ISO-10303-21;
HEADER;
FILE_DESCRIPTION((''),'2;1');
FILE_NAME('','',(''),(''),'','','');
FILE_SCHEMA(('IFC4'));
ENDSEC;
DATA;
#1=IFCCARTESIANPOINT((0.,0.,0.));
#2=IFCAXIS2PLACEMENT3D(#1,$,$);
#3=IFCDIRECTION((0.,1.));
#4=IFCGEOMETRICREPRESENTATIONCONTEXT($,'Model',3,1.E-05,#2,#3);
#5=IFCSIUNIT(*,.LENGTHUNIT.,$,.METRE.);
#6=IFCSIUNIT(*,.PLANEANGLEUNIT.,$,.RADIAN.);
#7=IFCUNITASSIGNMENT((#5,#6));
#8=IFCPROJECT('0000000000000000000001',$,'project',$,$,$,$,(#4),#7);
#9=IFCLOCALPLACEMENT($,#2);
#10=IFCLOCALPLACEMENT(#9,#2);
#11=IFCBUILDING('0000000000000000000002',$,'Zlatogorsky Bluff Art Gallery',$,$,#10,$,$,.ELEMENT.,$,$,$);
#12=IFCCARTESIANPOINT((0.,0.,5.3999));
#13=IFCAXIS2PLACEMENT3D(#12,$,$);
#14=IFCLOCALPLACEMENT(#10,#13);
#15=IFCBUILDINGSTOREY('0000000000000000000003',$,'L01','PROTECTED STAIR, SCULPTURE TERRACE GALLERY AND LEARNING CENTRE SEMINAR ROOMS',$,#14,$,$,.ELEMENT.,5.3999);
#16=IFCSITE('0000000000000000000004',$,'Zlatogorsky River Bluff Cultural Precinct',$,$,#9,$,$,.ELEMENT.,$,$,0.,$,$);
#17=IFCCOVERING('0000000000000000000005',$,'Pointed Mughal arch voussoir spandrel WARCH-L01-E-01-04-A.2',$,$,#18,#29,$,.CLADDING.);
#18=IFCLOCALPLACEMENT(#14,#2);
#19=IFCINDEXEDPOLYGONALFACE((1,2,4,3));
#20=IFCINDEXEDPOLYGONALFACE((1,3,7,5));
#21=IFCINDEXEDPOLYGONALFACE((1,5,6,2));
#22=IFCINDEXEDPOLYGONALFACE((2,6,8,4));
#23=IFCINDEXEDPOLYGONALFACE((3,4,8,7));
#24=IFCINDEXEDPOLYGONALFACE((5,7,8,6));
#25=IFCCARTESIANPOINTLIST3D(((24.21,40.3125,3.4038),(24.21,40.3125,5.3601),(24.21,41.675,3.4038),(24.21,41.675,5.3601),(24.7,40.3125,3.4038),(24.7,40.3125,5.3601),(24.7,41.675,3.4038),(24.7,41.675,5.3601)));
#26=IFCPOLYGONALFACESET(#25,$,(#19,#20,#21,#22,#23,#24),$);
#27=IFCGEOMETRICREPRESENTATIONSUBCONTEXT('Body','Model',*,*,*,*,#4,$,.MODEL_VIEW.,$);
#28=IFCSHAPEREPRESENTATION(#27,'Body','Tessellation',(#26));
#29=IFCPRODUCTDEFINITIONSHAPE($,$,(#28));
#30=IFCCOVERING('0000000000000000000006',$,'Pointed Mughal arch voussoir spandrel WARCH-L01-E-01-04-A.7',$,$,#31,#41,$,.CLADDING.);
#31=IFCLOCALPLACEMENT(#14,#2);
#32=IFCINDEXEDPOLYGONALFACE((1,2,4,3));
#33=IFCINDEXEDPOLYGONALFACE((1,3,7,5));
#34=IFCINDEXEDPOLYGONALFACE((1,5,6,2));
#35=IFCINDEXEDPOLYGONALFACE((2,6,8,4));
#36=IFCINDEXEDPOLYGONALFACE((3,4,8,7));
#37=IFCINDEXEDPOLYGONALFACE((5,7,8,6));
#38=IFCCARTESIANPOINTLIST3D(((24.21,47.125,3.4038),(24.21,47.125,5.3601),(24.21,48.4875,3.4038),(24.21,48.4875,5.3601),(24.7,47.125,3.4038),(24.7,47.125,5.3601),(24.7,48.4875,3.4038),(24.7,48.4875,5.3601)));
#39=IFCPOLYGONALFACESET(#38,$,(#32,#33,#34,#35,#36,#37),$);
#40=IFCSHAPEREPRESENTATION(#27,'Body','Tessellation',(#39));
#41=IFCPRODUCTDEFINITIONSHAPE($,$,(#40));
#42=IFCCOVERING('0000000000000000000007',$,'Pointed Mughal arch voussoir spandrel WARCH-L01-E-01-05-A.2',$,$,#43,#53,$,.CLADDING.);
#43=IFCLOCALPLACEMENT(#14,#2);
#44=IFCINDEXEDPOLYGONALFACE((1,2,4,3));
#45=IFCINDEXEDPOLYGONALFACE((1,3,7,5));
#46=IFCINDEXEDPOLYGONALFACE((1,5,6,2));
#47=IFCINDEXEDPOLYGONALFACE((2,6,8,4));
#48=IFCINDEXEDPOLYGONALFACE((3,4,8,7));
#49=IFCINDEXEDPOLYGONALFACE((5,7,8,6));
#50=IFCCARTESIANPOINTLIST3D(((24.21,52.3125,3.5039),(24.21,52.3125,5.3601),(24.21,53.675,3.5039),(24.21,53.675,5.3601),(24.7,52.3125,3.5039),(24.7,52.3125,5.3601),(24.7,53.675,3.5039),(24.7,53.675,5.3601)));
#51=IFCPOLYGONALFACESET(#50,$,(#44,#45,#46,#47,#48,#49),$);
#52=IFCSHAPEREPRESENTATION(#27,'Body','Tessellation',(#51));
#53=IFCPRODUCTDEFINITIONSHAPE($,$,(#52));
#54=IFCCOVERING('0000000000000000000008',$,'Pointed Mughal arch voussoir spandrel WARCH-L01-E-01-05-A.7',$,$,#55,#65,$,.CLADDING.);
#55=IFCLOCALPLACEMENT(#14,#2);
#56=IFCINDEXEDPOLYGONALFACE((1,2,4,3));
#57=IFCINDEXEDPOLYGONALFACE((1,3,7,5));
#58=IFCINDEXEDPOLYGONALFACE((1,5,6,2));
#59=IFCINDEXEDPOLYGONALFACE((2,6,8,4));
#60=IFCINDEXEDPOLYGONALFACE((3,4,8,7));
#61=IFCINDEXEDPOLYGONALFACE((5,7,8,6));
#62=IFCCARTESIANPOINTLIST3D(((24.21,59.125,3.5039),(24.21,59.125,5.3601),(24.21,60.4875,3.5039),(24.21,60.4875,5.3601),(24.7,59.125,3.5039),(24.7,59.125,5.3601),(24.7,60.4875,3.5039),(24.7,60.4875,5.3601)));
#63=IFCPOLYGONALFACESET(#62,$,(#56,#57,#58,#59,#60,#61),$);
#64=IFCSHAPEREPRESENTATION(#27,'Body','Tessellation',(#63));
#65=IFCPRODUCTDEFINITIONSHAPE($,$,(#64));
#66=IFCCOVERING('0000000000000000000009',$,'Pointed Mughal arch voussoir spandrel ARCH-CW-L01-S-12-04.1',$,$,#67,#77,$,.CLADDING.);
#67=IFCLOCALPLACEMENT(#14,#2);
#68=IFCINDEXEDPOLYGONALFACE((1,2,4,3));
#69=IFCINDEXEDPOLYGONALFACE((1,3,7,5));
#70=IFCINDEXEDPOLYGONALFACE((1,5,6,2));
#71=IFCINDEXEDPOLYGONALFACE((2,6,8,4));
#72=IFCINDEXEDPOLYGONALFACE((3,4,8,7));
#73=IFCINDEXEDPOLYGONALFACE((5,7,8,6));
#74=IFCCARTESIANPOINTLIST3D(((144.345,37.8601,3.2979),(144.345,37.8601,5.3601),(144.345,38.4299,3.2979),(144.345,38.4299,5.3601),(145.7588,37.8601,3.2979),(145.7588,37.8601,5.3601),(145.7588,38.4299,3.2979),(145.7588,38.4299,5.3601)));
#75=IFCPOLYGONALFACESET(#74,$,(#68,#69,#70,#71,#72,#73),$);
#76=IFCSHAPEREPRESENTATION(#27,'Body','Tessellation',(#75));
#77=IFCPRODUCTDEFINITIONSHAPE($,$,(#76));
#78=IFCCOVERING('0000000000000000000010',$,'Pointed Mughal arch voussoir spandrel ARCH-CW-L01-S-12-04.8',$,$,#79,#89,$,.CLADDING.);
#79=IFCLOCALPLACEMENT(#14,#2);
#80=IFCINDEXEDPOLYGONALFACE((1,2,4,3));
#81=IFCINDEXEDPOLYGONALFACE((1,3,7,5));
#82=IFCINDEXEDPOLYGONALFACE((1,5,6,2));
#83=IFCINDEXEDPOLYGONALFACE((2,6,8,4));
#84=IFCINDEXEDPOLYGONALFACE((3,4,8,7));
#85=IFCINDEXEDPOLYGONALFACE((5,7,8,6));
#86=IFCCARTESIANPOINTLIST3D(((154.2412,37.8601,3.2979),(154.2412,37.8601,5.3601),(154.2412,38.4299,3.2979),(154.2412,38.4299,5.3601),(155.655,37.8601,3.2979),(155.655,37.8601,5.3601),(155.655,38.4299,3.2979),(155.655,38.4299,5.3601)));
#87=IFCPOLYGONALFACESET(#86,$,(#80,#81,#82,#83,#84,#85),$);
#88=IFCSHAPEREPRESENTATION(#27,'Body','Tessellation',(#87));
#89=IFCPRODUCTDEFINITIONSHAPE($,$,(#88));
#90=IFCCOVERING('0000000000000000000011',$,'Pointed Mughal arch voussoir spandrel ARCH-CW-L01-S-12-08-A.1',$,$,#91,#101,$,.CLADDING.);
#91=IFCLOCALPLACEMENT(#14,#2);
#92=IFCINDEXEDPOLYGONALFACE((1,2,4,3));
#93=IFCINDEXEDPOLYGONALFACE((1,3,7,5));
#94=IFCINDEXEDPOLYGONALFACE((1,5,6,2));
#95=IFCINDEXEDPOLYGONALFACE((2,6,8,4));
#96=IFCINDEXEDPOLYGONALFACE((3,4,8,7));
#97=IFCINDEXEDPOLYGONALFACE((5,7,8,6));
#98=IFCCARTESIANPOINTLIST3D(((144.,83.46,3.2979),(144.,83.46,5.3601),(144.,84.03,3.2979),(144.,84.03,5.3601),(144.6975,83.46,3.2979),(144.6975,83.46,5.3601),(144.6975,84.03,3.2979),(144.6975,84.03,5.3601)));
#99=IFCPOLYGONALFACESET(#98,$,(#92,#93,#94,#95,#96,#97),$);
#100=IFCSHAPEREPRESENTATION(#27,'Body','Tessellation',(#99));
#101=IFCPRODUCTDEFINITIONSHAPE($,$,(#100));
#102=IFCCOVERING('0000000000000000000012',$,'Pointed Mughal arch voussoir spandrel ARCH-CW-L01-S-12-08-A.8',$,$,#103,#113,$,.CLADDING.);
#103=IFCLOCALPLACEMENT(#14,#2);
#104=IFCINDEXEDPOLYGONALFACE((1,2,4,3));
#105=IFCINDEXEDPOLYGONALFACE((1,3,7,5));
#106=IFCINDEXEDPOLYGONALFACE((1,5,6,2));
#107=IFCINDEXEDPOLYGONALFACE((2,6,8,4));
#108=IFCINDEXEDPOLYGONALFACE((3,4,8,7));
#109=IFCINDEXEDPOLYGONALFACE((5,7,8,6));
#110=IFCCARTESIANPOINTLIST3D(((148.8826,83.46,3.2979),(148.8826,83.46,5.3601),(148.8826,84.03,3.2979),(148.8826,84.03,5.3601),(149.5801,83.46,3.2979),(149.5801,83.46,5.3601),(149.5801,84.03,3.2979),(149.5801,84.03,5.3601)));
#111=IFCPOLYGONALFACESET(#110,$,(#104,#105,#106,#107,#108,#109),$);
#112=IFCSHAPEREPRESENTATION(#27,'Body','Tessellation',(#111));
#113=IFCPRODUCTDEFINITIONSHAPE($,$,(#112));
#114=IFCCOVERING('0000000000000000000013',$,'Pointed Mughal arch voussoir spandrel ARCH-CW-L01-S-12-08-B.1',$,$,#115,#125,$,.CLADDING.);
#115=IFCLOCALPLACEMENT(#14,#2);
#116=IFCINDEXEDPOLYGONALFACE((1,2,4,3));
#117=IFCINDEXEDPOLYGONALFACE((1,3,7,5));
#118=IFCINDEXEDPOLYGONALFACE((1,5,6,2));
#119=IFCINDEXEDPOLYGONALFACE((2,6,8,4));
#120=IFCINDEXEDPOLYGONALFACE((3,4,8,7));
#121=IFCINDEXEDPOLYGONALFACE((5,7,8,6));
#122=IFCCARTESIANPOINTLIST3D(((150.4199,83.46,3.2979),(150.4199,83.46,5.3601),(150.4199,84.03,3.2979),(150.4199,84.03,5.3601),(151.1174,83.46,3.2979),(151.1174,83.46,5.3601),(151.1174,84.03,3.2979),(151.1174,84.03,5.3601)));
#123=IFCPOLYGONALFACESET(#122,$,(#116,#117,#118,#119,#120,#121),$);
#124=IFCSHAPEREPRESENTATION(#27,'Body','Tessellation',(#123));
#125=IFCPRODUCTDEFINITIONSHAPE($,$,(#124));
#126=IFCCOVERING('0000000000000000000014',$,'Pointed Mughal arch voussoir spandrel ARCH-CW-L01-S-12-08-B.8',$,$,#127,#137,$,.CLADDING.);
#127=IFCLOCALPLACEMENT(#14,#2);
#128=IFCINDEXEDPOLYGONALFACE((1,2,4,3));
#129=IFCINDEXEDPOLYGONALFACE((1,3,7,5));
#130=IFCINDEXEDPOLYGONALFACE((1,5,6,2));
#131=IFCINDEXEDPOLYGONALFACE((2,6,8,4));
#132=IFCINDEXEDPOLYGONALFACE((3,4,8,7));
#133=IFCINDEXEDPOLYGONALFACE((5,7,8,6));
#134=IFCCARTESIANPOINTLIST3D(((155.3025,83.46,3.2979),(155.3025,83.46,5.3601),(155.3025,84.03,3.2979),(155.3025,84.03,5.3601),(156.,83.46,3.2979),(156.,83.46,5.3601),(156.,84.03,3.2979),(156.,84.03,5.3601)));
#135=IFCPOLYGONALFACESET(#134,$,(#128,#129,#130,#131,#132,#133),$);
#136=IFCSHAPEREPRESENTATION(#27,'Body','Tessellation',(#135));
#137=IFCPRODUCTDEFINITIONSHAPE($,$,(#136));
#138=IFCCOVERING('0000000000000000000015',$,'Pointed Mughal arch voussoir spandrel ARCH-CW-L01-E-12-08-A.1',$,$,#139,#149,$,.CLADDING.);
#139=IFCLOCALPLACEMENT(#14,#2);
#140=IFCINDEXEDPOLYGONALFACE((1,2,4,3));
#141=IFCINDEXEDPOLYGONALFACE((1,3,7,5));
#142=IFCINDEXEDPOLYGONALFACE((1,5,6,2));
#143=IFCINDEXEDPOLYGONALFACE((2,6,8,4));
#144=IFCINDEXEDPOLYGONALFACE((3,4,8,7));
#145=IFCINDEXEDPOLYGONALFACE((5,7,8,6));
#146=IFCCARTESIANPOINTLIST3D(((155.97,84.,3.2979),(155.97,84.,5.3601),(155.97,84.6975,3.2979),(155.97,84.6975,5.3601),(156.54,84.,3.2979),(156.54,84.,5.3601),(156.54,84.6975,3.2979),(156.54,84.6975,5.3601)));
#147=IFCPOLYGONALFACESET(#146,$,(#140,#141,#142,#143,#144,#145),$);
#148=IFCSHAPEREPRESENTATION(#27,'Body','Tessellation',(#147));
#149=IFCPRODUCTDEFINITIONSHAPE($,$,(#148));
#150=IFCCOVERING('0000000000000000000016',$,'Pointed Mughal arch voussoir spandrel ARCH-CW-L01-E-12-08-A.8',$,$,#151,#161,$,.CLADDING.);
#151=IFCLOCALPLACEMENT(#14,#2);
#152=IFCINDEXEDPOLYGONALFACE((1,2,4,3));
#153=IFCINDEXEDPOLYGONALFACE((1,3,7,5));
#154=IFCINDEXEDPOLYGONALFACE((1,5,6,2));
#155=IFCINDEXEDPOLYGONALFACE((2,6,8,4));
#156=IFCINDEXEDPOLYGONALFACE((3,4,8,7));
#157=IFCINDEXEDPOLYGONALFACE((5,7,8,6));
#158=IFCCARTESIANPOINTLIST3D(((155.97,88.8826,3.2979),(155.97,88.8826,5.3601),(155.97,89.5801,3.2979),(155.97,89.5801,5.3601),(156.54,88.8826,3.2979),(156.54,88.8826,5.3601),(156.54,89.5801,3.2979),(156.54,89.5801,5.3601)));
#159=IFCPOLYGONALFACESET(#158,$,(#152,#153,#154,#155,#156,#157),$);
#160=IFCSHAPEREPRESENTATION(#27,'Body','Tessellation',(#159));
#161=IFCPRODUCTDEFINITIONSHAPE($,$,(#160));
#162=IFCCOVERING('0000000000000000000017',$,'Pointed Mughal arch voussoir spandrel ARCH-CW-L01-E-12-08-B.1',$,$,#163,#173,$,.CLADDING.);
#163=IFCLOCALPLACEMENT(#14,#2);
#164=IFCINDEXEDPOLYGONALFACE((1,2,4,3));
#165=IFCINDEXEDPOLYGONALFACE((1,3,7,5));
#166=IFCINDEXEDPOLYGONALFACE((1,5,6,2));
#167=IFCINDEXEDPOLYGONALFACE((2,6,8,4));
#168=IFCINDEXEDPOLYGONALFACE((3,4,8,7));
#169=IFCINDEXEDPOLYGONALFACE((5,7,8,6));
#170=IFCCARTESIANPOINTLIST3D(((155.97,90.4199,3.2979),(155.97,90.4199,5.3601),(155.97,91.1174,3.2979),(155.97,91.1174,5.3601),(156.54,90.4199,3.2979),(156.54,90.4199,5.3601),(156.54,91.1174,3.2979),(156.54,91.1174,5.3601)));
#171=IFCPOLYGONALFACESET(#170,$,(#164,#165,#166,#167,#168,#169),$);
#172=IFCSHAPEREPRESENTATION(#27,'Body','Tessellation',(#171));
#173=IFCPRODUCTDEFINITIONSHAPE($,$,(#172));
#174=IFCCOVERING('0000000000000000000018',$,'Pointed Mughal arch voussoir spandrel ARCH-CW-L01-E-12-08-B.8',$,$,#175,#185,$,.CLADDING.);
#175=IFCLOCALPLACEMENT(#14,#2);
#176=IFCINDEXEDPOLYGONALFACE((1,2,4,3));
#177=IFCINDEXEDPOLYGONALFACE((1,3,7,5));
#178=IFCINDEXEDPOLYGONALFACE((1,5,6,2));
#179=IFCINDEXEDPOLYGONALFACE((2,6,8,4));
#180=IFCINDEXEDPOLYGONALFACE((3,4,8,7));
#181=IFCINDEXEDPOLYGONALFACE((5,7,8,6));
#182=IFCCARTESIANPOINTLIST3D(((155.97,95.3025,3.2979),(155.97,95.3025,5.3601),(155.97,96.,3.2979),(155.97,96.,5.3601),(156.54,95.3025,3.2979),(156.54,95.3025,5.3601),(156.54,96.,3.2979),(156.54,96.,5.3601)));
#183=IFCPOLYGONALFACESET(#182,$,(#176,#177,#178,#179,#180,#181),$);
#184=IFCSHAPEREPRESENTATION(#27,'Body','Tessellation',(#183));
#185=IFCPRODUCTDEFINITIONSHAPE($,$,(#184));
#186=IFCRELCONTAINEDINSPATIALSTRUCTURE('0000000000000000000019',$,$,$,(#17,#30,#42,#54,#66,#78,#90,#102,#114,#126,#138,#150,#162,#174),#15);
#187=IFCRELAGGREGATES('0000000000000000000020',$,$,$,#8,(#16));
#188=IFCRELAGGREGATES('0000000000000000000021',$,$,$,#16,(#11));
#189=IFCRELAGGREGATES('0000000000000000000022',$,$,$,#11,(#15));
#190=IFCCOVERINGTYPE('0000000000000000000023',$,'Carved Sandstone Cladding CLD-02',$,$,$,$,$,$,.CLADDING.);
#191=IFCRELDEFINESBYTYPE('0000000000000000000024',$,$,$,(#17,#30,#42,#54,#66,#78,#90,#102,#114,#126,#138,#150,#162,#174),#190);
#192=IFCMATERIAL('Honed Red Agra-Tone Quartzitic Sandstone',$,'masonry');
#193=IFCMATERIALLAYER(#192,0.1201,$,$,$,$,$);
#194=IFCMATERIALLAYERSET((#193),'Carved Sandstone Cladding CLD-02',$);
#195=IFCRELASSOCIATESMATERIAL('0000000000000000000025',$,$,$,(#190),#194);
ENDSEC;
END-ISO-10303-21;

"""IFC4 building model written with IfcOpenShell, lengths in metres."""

from ifc_helpers import new_model, si_unit, direction, frame, origin, place, context, subcontext, project, spatial, polyline, outline, extrude, material, layer, layer_set, type_object, element, save


model = new_model("IFC4")

# Units and contexts
model_context = context("Model", 3, precision=1e-05, world=origin(), true_north=direction((0.0, 1.0)))
body_context = subcontext(model_context, "Body", "Model", "MODEL_VIEW")
ifc_project = project(units=[si_unit("LENGTHUNIT", "METRE"), si_unit("PLANEANGLEUNIT", "RADIAN")], contexts=[model_context])

# Site, building, storey
site_placement = place(None, origin())
site = spatial("IfcSite", under=ifc_project, at=site_placement, Name="Zlatogorsky River Bluff Cultural Precinct", CompositionType="ELEMENT", RefElevation=0.0)
building_placement = place(site_placement, origin())
building = spatial("IfcBuilding", under=site, at=building_placement, Name="Zlatogorsky Bluff Art Gallery", CompositionType="ELEMENT")
storey_placement = place(building_placement, frame((0.0, 0.0, 5.3999)))
storey = spatial("IfcBuildingStorey", under=building, at=storey_placement, Name="L01", Description="PROTECTED STAIR, SCULPTURE TERRACE GALLERY AND LEARNING CENTRE SEMINAR ROOMS", CompositionType="ELEMENT", Elevation=5.3999)

# Coverings
ifc_material = material(Name="Honed Red Agra-Tone Quartzitic Sandstone", Category="masonry")
ifc_layer = layer(ifc_material, 0.1201)
ifc_layer_set = layer_set([ifc_layer], Name="Carved Sandstone Cladding CLD-02")
covering_type = type_object("IfcCoveringType", Name="Carved Sandstone Cladding CLD-02", PredefinedType="CLADDING", material=ifc_layer_set)
covering_1_placement = place(storey_placement, frame((0.0, 0.0, 3.4038)))
element("IfcCovering", 1, at=covering_1_placement, inside=storey, type_object=covering_type, Name="Pointed Mughal arch voussoir spandrel WARCH-L01-E-01-04-A.2", PredefinedType="CLADDING", context=body_context, shape_type="SweptSolid", body=[
    extrude(outline(polyline([(24.21, 40.3125), (24.21, 41.675), (24.7, 41.675), (24.7, 40.3125), (24.21, 40.3125)])), origin(), (0.0, 0.0, 1.0), 1.9563),
])
covering_2_placement = place(storey_placement, frame((0.0, 0.0, 3.4038)))
element("IfcCovering", 2, at=covering_2_placement, inside=storey, type_object=covering_type, Name="Pointed Mughal arch voussoir spandrel WARCH-L01-E-01-04-A.7", PredefinedType="CLADDING", context=body_context, shape_type="SweptSolid", body=[
    extrude(outline(polyline([(24.21, 47.125), (24.21, 48.4875), (24.7, 48.4875), (24.7, 47.125), (24.21, 47.125)])), origin(), (0.0, 0.0, 1.0), 1.9563),
])
covering_3_placement = place(storey_placement, frame((0.0, 0.0, 3.5039)))
element("IfcCovering", 3, at=covering_3_placement, inside=storey, type_object=covering_type, Name="Pointed Mughal arch voussoir spandrel WARCH-L01-E-01-05-A.2", PredefinedType="CLADDING", context=body_context, shape_type="SweptSolid", body=[
    extrude(outline(polyline([(24.21, 52.3125), (24.21, 53.675), (24.7, 53.675), (24.7, 52.3125), (24.21, 52.3125)])), origin(), (0.0, 0.0, 1.0), 1.8562),
])
covering_4_placement = place(storey_placement, frame((0.0, 0.0, 3.5039)))
element("IfcCovering", 4, at=covering_4_placement, inside=storey, type_object=covering_type, Name="Pointed Mughal arch voussoir spandrel WARCH-L01-E-01-05-A.7", PredefinedType="CLADDING", context=body_context, shape_type="SweptSolid", body=[
    extrude(outline(polyline([(24.21, 59.125), (24.21, 60.4875), (24.7, 60.4875), (24.7, 59.125), (24.21, 59.125)])), origin(), (0.0, 0.0, 1.0), 1.8562),
])
covering_5_placement = place(storey_placement, frame((0.0, 0.0, 3.2979)))
element("IfcCovering", 5, at=covering_5_placement, inside=storey, type_object=covering_type, Name="Pointed Mughal arch voussoir spandrel ARCH-CW-L01-S-12-04.1", PredefinedType="CLADDING", context=body_context, shape_type="SweptSolid", body=[
    extrude(outline(polyline([(144.345, 37.8601), (145.7588, 37.8601), (145.7588, 38.4299), (144.345, 38.4299), (144.345, 37.8601)])), origin(), (0.0, 0.0, 1.0), 2.0623),
])
covering_6_placement = place(storey_placement, frame((0.0, 0.0, 3.2979)))
element("IfcCovering", 6, at=covering_6_placement, inside=storey, type_object=covering_type, Name="Pointed Mughal arch voussoir spandrel ARCH-CW-L01-S-12-04.8", PredefinedType="CLADDING", context=body_context, shape_type="SweptSolid", body=[
    extrude(outline(polyline([(154.2412, 37.8601), (155.655, 37.8601), (155.655, 38.4299), (154.2412, 38.4299), (154.2412, 37.8601)])), origin(), (0.0, 0.0, 1.0), 2.0623),
])
covering_7_placement = place(storey_placement, frame((0.0, 0.0, 3.2979)))
element("IfcCovering", 7, at=covering_7_placement, inside=storey, type_object=covering_type, Name="Pointed Mughal arch voussoir spandrel ARCH-CW-L01-S-12-08-A.1", PredefinedType="CLADDING", context=body_context, shape_type="SweptSolid", body=[
    extrude(outline(polyline([(144.0, 83.46), (144.6975, 83.46), (144.6975, 84.03), (144.0, 84.03), (144.0, 83.46)])), origin(), (0.0, 0.0, 1.0), 2.0623),
])
covering_8_placement = place(storey_placement, frame((0.0, 0.0, 3.2979)))
element("IfcCovering", 8, at=covering_8_placement, inside=storey, type_object=covering_type, Name="Pointed Mughal arch voussoir spandrel ARCH-CW-L01-S-12-08-A.8", PredefinedType="CLADDING", context=body_context, shape_type="SweptSolid", body=[
    extrude(outline(polyline([(148.8826, 83.46), (149.5801, 83.46), (149.5801, 84.03), (148.8826, 84.03), (148.8826, 83.46)])), origin(), (0.0, 0.0, 1.0), 2.0623),
])
covering_9_placement = place(storey_placement, frame((0.0, 0.0, 3.2979)))
element("IfcCovering", 9, at=covering_9_placement, inside=storey, type_object=covering_type, Name="Pointed Mughal arch voussoir spandrel ARCH-CW-L01-S-12-08-B.1", PredefinedType="CLADDING", context=body_context, shape_type="SweptSolid", body=[
    extrude(outline(polyline([(150.4199, 83.46), (151.1174, 83.46), (151.1174, 84.03), (150.4199, 84.03), (150.4199, 83.46)])), origin(), (0.0, 0.0, 1.0), 2.0623),
])
covering_10_placement = place(storey_placement, frame((0.0, 0.0, 3.2979)))
element("IfcCovering", 10, at=covering_10_placement, inside=storey, type_object=covering_type, Name="Pointed Mughal arch voussoir spandrel ARCH-CW-L01-S-12-08-B.8", PredefinedType="CLADDING", context=body_context, shape_type="SweptSolid", body=[
    extrude(outline(polyline([(155.3025, 83.46), (156.0, 83.46), (156.0, 84.03), (155.3025, 84.03), (155.3025, 83.46)])), origin(), (0.0, 0.0, 1.0), 2.0623),
])
covering_11_placement = place(storey_placement, frame((0.0, 0.0, 3.2979)))
element("IfcCovering", 11, at=covering_11_placement, inside=storey, type_object=covering_type, Name="Pointed Mughal arch voussoir spandrel ARCH-CW-L01-E-12-08-A.1", PredefinedType="CLADDING", context=body_context, shape_type="SweptSolid", body=[
    extrude(outline(polyline([(155.97, 84.0), (155.97, 84.6975), (156.54, 84.6975), (156.54, 84.0), (155.97, 84.0)])), origin(), (0.0, 0.0, 1.0), 2.0623),
])
covering_12_placement = place(storey_placement, frame((0.0, 0.0, 3.2979)))
element("IfcCovering", 12, at=covering_12_placement, inside=storey, type_object=covering_type, Name="Pointed Mughal arch voussoir spandrel ARCH-CW-L01-E-12-08-A.8", PredefinedType="CLADDING", context=body_context, shape_type="SweptSolid", body=[
    extrude(outline(polyline([(155.97, 88.8826), (155.97, 89.5801), (156.54, 89.5801), (156.54, 88.8826), (155.97, 88.8826)])), origin(), (0.0, 0.0, 1.0), 2.0623),
])
covering_13_placement = place(storey_placement, frame((0.0, 0.0, 3.2979)))
element("IfcCovering", 13, at=covering_13_placement, inside=storey, type_object=covering_type, Name="Pointed Mughal arch voussoir spandrel ARCH-CW-L01-E-12-08-B.1", PredefinedType="CLADDING", context=body_context, shape_type="SweptSolid", body=[
    extrude(outline(polyline([(155.97, 90.4199), (155.97, 91.1174), (156.54, 91.1174), (156.54, 90.4199), (155.97, 90.4199)])), origin(), (0.0, 0.0, 1.0), 2.0623),
])
covering_14_placement = place(storey_placement, frame((0.0, 0.0, 3.2979)))
element("IfcCovering", 14, at=covering_14_placement, inside=storey, type_object=covering_type, Name="Pointed Mughal arch voussoir spandrel ARCH-CW-L01-E-12-08-B.8", PredefinedType="CLADDING", context=body_context, shape_type="SweptSolid", body=[
    extrude(outline(polyline([(155.97, 95.3025), (155.97, 96.0), (156.54, 96.0), (156.54, 95.3025), (155.97, 95.3025)])), origin(), (0.0, 0.0, 1.0), 2.0623),
])

save(model, "model.ifc")
